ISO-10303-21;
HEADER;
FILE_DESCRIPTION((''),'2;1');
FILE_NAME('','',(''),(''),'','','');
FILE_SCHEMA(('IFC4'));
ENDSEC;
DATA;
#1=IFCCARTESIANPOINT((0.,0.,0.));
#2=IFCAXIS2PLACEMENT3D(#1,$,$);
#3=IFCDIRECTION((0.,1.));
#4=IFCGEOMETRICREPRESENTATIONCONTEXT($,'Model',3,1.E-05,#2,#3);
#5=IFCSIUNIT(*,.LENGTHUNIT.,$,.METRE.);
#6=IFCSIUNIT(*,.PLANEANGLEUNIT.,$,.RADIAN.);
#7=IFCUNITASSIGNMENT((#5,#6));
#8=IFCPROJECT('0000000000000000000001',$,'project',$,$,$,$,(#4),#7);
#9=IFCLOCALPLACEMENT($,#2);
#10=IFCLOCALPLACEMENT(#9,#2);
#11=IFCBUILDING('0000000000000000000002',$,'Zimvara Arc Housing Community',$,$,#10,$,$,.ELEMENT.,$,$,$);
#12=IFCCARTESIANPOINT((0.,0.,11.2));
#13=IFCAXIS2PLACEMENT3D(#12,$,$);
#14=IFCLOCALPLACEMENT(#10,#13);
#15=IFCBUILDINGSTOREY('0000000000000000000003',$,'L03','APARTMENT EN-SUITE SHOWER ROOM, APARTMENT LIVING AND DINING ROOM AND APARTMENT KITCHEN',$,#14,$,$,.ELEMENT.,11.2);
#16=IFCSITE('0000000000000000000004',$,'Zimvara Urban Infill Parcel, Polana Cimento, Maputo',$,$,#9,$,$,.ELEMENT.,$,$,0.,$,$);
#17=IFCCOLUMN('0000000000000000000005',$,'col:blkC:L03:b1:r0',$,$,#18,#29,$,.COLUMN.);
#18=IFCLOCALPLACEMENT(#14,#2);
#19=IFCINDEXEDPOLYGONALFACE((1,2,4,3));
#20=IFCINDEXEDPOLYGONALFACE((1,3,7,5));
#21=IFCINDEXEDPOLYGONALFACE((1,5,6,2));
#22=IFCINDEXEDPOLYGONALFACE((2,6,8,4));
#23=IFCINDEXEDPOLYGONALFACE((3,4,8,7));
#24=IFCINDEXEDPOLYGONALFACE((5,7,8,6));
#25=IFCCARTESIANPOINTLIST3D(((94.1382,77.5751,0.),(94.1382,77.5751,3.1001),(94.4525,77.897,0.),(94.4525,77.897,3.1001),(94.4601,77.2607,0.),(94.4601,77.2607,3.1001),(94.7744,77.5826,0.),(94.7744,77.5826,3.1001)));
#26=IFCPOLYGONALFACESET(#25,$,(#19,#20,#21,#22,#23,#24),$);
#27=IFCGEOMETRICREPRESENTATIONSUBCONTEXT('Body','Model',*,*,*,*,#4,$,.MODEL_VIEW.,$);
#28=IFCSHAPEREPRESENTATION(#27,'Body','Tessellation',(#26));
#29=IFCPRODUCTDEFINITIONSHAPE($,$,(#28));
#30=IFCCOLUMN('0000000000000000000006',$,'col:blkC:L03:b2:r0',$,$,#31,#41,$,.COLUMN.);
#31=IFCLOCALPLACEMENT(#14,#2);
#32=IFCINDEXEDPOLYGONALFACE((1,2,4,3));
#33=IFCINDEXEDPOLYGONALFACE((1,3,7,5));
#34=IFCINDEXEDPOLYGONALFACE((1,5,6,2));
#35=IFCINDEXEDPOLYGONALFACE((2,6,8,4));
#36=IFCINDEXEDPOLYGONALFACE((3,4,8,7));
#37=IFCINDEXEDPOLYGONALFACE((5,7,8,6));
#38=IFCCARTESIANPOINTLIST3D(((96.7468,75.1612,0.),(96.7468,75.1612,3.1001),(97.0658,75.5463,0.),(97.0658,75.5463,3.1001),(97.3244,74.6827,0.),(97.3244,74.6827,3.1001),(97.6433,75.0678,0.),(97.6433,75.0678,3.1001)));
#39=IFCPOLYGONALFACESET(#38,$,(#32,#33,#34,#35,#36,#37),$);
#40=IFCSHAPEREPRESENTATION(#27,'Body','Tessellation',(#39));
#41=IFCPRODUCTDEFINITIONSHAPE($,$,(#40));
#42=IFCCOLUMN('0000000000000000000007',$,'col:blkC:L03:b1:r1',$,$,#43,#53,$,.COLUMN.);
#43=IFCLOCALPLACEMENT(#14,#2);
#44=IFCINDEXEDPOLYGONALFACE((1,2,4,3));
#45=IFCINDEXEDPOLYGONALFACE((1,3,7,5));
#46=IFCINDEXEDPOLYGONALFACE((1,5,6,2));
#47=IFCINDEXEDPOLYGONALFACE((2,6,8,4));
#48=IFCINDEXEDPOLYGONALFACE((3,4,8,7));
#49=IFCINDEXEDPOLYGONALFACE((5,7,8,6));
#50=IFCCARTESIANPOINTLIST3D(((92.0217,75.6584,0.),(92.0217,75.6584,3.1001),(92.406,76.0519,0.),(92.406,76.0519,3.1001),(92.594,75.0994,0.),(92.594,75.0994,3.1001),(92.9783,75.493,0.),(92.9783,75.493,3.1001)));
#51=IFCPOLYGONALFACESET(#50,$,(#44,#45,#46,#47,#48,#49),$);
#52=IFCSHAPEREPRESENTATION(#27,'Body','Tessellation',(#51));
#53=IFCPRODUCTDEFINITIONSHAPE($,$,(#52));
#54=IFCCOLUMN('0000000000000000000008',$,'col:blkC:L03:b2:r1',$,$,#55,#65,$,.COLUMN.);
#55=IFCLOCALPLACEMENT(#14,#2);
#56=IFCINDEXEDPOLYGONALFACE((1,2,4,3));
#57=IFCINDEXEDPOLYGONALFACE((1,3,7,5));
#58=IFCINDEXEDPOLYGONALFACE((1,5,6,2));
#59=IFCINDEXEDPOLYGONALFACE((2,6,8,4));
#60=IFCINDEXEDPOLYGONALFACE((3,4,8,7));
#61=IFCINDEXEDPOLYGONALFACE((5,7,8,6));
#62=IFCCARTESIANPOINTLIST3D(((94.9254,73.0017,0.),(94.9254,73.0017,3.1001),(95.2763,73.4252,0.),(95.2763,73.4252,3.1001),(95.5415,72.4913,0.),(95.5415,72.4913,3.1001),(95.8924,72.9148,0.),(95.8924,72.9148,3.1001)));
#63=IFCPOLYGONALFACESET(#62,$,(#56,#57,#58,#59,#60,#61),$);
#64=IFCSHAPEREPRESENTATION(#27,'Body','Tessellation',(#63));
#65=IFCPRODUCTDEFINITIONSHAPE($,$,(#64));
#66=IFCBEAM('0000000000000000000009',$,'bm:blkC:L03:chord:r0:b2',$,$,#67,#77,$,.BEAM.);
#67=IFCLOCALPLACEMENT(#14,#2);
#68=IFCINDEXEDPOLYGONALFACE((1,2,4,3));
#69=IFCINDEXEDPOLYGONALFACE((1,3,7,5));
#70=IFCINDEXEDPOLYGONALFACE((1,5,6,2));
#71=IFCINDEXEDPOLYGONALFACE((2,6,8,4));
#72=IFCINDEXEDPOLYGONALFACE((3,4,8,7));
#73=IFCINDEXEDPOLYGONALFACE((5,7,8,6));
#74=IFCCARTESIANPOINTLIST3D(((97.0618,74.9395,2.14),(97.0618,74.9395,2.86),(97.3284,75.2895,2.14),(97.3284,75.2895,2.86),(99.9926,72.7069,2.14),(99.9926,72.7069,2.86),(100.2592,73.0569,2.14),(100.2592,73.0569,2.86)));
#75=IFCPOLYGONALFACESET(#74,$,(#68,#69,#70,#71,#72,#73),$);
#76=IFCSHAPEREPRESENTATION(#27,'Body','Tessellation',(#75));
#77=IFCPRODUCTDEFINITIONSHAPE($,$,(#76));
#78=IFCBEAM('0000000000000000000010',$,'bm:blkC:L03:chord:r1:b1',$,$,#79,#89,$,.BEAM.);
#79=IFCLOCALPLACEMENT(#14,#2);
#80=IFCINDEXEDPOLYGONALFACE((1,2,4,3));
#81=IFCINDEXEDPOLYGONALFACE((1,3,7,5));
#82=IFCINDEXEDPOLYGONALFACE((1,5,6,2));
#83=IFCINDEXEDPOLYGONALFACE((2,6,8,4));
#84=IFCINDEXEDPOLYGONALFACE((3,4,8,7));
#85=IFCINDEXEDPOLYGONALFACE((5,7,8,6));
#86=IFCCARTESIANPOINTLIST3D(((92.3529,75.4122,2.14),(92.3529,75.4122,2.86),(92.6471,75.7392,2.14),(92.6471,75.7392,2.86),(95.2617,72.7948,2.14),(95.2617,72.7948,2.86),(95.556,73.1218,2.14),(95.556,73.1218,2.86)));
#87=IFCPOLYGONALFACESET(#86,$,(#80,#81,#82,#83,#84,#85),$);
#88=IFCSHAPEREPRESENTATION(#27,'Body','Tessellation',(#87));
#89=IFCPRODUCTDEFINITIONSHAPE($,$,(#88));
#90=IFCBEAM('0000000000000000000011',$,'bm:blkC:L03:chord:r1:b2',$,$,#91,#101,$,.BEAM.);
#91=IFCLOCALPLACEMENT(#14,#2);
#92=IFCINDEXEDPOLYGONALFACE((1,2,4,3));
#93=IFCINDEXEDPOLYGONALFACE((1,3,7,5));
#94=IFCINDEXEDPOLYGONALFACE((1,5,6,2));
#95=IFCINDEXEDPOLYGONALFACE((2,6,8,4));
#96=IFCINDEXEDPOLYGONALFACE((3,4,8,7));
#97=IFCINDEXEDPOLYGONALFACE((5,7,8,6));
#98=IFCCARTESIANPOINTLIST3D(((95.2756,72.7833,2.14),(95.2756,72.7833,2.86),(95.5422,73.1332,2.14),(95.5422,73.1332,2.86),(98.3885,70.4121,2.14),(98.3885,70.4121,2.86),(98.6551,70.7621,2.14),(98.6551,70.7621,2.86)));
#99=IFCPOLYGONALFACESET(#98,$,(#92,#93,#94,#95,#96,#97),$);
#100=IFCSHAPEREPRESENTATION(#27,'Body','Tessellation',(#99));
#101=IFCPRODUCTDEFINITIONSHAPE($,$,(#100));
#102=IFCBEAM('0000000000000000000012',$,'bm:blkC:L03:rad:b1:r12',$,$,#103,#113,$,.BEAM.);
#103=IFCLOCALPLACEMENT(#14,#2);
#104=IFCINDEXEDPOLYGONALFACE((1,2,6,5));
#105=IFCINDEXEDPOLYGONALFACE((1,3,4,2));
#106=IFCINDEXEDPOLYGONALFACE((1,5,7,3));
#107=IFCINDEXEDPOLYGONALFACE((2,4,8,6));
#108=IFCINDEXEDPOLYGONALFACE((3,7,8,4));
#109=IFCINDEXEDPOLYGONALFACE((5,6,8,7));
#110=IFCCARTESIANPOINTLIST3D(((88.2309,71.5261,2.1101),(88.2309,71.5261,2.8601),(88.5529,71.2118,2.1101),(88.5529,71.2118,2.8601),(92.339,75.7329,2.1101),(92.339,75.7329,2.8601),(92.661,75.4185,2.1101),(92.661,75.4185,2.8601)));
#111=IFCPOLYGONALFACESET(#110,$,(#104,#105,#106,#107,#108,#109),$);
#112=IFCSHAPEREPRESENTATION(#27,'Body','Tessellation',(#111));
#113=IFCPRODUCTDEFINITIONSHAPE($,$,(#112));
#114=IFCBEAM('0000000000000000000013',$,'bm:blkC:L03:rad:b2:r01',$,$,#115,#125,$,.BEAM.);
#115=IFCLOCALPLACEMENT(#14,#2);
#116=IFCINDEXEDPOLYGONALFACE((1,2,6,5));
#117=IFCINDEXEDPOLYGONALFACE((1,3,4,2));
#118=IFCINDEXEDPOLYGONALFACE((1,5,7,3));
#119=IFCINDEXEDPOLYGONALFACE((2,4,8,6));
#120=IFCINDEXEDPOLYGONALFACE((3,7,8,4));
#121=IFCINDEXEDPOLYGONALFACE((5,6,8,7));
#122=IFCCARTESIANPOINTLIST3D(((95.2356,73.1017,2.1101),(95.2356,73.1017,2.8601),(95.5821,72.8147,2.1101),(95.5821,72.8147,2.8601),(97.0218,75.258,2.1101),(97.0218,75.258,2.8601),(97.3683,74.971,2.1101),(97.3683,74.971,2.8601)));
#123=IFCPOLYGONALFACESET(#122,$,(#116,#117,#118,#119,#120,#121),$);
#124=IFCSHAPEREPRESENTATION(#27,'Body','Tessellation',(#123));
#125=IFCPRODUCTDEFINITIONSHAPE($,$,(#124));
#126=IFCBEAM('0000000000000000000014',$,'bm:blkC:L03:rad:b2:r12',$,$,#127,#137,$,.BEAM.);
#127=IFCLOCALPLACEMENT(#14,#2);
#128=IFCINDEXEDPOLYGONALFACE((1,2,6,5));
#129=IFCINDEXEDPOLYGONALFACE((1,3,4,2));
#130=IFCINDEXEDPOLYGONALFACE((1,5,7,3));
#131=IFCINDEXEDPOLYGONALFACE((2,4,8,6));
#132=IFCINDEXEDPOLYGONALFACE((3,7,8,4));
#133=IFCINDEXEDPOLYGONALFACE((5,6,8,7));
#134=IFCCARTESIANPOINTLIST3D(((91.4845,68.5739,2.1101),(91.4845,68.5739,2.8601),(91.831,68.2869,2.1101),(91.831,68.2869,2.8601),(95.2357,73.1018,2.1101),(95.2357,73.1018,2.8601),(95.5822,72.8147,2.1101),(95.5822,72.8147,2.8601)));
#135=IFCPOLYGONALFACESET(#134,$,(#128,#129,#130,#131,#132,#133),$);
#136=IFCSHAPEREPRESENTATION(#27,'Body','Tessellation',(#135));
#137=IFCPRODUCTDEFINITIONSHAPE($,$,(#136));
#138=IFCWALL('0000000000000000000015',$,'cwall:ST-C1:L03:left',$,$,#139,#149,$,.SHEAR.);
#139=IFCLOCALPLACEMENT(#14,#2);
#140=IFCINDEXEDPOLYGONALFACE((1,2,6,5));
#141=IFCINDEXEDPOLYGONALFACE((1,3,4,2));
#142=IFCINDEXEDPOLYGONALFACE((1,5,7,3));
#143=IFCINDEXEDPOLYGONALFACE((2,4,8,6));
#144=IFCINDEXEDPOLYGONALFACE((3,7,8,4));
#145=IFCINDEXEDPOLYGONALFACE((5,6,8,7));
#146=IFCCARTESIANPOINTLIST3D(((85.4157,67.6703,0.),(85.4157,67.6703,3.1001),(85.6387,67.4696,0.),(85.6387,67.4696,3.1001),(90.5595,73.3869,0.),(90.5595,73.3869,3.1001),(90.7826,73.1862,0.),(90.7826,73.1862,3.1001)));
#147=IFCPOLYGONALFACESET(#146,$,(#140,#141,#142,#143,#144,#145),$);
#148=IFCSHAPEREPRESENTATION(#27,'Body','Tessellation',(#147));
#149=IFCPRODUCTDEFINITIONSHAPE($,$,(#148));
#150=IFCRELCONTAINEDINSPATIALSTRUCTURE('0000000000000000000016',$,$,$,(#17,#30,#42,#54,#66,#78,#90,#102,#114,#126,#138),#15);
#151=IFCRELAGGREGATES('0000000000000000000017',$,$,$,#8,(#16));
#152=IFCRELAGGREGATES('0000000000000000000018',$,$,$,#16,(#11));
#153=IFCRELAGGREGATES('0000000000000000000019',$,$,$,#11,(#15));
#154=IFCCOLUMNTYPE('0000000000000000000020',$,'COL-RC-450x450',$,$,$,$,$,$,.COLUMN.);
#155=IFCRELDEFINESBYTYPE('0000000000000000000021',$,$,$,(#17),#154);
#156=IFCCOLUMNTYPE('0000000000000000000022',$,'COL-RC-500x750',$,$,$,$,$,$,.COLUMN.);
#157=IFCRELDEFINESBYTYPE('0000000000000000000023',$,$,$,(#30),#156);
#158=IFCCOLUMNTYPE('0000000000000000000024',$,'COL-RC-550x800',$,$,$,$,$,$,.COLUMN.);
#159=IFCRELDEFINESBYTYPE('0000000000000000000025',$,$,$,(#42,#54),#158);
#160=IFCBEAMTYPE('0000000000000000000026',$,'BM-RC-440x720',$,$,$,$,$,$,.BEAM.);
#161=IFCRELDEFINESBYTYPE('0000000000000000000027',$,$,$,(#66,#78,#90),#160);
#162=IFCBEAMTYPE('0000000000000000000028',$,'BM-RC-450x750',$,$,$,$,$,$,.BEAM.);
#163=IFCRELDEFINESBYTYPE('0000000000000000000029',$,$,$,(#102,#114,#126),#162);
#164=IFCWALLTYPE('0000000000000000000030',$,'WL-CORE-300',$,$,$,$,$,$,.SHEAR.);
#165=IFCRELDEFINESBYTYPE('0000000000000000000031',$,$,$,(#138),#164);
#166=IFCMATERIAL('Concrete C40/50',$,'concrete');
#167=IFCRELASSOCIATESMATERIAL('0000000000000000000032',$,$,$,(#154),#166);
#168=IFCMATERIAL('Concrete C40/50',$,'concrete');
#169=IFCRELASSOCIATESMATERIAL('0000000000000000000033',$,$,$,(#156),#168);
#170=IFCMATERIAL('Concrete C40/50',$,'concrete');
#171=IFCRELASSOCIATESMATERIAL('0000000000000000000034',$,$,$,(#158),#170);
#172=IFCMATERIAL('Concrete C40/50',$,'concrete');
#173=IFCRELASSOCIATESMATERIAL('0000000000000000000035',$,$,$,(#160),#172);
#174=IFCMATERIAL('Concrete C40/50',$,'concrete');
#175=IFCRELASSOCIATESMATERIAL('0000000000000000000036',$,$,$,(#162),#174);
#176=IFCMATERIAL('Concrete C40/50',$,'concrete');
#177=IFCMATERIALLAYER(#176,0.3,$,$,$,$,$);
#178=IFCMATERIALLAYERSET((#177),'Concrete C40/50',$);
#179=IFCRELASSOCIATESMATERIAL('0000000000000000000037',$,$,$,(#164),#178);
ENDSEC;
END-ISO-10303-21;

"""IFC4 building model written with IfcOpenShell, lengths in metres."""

from ifc_helpers import new_model, si_unit, direction, frame, frame_2d, origin, origin_2d, place, context, subcontext, project, spatial, rectangle, extrude, material, layer, layer_set, material_profile, profile_set, type_object, element, save


model = new_model("IFC4")

# Units and contexts
model_context = context("Model", 3, precision=1e-05, world=origin(), true_north=direction((0.0, 1.0)))
body_context = subcontext(model_context, "Body", "Model", "MODEL_VIEW")
ifc_project = project(units=[si_unit("LENGTHUNIT", "METRE"), si_unit("PLANEANGLEUNIT", "RADIAN")], contexts=[model_context])

# Site, building, storey
site_placement = place(None, origin())
site = spatial("IfcSite", under=ifc_project, at=site_placement, Name="Zimvara Urban Infill Parcel, Polana Cimento, Maputo", CompositionType="ELEMENT", RefElevation=0.0)
building_placement = place(site_placement, origin())
building = spatial("IfcBuilding", under=site, at=building_placement, Name="Zimvara Arc Housing Community", CompositionType="ELEMENT")
storey_placement = place(building_placement, frame((0.0, 0.0, 11.2)))
storey = spatial("IfcBuildingStorey", under=building, at=storey_placement, Name="L03", Description="APARTMENT EN-SUITE SHOWER ROOM, APARTMENT LIVING AND DINING ROOM AND APARTMENT KITCHEN", CompositionType="ELEMENT", Elevation=11.2)

# Columns
ifc_material_1 = material(Name="Concrete C40/50", Category="concrete")
ifc_material_profile_1 = material_profile(ifc_material_1, rectangle(XDim=0.45, YDim=0.45, at=origin_2d()), Name="RC 450x450")
ifc_profile_set_1 = profile_set([ifc_material_profile_1], Name="Concrete C40/50")
column_type_1 = type_object("IfcColumnType", Name="COL-RC-450x450", PredefinedType="COLUMN", material=ifc_profile_set_1)
column_1_placement = place(storey_placement, frame((94.4563, 77.5789, 0.0), z_axis=(0.0, 0.0, 1.0), x_axis=(-0.698665, -0.715449, 0.0)))
element("IfcColumn", 1, at=column_1_placement, inside=storey, type_object=column_type_1, Name="col:blkC:L03:b1:r0", PredefinedType="COLUMN", context=body_context, shape_type="SweptSolid", body=[
    extrude(rectangle(XDim=0.45, YDim=0.45, at=origin_2d()), origin(), (0.0, 0.0, 1.0), 3.1001),
])
ifc_material_2 = material(Name="Concrete C40/50", Category="concrete")
ifc_material_profile_2 = material_profile(ifc_material_2, rectangle(XDim=0.5, YDim=0.75, at=origin_2d()), Name="RC 500x750")
ifc_profile_set_2 = profile_set([ifc_material_profile_2], Name="Concrete C40/50")
column_type_2 = type_object("IfcColumnType", Name="COL-RC-500x750", PredefinedType="COLUMN", material=ifc_profile_set_2)
column_2_placement = place(storey_placement, frame((97.1951, 75.1145, 0.0), z_axis=(0.0, 0.0, 1.0), x_axis=(-0.637962, -0.770068, 0.0)))
element("IfcColumn", 2, at=column_2_placement, inside=storey, type_object=column_type_2, Name="col:blkC:L03:b2:r0", PredefinedType="COLUMN", context=body_context, shape_type="SweptSolid", body=[
    extrude(rectangle(XDim=0.5, YDim=0.75, at=origin_2d()), origin(), (0.0, 0.0, 1.0), 3.1001),
])
ifc_material_3 = material(Name="Concrete C40/50", Category="concrete")
ifc_material_profile_3 = material_profile(ifc_material_3, rectangle(XDim=0.55, YDim=0.8, at=origin_2d()), Name="RC 550x800")
ifc_profile_set_3 = profile_set([ifc_material_profile_3], Name="Concrete C40/50")
column_type_3 = type_object("IfcColumnType", Name="COL-RC-550x800", PredefinedType="COLUMN", material=ifc_profile_set_3)
for number, where, z_axis, x_axis, name in (
    (3, (92.5, 75.5757, 0.0), (0.0, 0.0, 1.0), (-0.698665, -0.715449, 0.0), "col:blkC:L03:b1:r1"),
    (4, (95.4089, 72.9583, 0.0), (0.0, 0.0, 1.0), (-0.637962, -0.770068, 0.0), "col:blkC:L03:b2:r1"),
):
    element("IfcColumn", number, at=place(storey_placement, frame(where, z_axis=z_axis, x_axis=x_axis)), inside=storey, type_object=column_type_3, Name=name, PredefinedType="COLUMN", context=body_context, shape_type="SweptSolid", body=[
        extrude(rectangle(XDim=0.55, YDim=0.8, at=origin_2d()), origin(), (0.0, 0.0, 1.0), 3.1001),
    ])

# Beams
ifc_material_4 = material(Name="Concrete C40/50", Category="concrete")
ifc_material_profile_4 = material_profile(ifc_material_4, rectangle(XDim=0.4399, YDim=0.72, at=origin_2d()), Name="RC 440x720")
ifc_profile_set_4 = profile_set([ifc_material_profile_4], Name="Concrete C40/50")
beam_type_1 = type_object("IfcBeamType", Name="BM-RC-440x720", PredefinedType="BEAM", material=ifc_profile_set_4)
beam_1_placement = place(storey_placement, frame((97.1951, 75.1145, 2.5), z_axis=(0.795485, -0.605973, 0.0), x_axis=(0.605973, 0.795485, 0.0)))
element("IfcBeam", 5, at=beam_1_placement, inside=storey, type_object=beam_type_1, Name="bm:blkC:L03:chord:r0:b2", PredefinedType="BEAM", context=body_context, shape_type="SweptSolid", body=[
    extrude(rectangle(XDim=0.4399, YDim=0.72, at=origin_2d()), origin(), (0.0, 0.0, 1.0), 3.6843),
])
for number, where, z_axis, x_axis, name in (
    (6, (92.5, 75.5757, 2.5), (0.743372, -0.668879, 0.0), (0.668879, 0.743372, 0.0), "bm:blkC:L03:chord:r1:b1"),
    (7, (95.4089, 72.9583, 2.5), (0.7955, -0.605953, 0.0), (0.605953, 0.7955, 0.0), "bm:blkC:L03:chord:r1:b2"),
):
    element("IfcBeam", number, at=place(storey_placement, frame(where, z_axis=z_axis, x_axis=x_axis)), inside=storey, type_object=beam_type_1, Name=name, PredefinedType="BEAM", context=body_context, shape_type="SweptSolid", body=[
        extrude(rectangle(XDim=0.4399, YDim=0.72, at=origin_2d()), origin(), (0.0, 0.0, 1.0), 3.9131),
    ])
ifc_material_5 = material(Name="Concrete C40/50", Category="concrete")
ifc_material_profile_5 = material_profile(ifc_material_5, rectangle(XDim=0.45, YDim=0.75, at=origin_2d()), Name="RC 450x750")
ifc_profile_set_5 = profile_set([ifc_material_profile_5], Name="Concrete C40/50")
beam_type_2 = type_object("IfcBeamType", Name="BM-RC-450x750", PredefinedType="BEAM", material=ifc_profile_set_5)
beam_2_placement = place(storey_placement, frame((92.5, 75.5757, 2.4851), z_axis=(-0.69867, -0.715444, 0.0), x_axis=(0.715444, -0.69867, 0.0)))
element("IfcBeam", 8, at=beam_2_placement, inside=storey, type_object=beam_type_2, Name="bm:blkC:L03:rad:b1:r12", PredefinedType="BEAM", context=body_context, shape_type="SweptSolid", body=[
    extrude(rectangle(XDim=0.45, YDim=0.75, at=origin_2d()), origin(), (0.0, 0.0, 1.0), 5.8799),
])
beam_3_placement = place(storey_placement, frame((97.1951, 75.1145, 2.4851), z_axis=(-0.637917, -0.770105, 0.0), x_axis=(0.770105, -0.637917, 0.0)))
element("IfcBeam", 9, at=beam_3_placement, inside=storey, type_object=beam_type_2, Name="bm:blkC:L03:rad:b2:r01", PredefinedType="BEAM", context=body_context, shape_type="SweptSolid", body=[
    extrude(rectangle(XDim=0.45, YDim=0.75, at=origin_2d()), origin(), (0.0, 0.0, 1.0), 2.8),
])
beam_4_placement = place(storey_placement, frame((95.4089, 72.9583, 2.4851), z_axis=(-0.637976, -0.770056, 0.0), x_axis=(0.770056, -0.637976, 0.0)))
element("IfcBeam", 10, at=beam_4_placement, inside=storey, type_object=beam_type_2, Name="bm:blkC:L03:rad:b2:r12", PredefinedType="BEAM", context=body_context, shape_type="SweptSolid", body=[
    extrude(rectangle(XDim=0.45, YDim=0.75, at=origin_2d()), origin(), (0.0, 0.0, 1.0), 5.8799),
])

# Shared definitions
ifc_material_6 = material(Name="Concrete C40/50", Category="concrete")
ifc_layer_1 = layer(ifc_material_6, 0.3)
ifc_layer_set_1 = layer_set([ifc_layer_1], Name="Concrete C40/50")
wall_type_1 = type_object("IfcWallType", Name="WL-CORE-300", PredefinedType="SHEAR", material=ifc_layer_set_1)

# Wall
wall_1_placement = place(storey_placement, frame((90.6711, 73.2866, 0.0), z_axis=(0.0, 0.0, 1.0), x_axis=(-0.668886, -0.743365, 0.0)))
element("IfcWall", 11, at=wall_1_placement, inside=storey, type_object=wall_type_1, Name="cwall:ST-C1:L03:left", PredefinedType="SHEAR", context=body_context, shape_type="SweptSolid", body=[
    extrude(rectangle(XDim=7.6902, YDim=0.3, at=frame_2d((3.8452, 0.0))), origin(), (0.0, 0.0, 1.0), 3.1001),
])

save(model, "model.ifc")
